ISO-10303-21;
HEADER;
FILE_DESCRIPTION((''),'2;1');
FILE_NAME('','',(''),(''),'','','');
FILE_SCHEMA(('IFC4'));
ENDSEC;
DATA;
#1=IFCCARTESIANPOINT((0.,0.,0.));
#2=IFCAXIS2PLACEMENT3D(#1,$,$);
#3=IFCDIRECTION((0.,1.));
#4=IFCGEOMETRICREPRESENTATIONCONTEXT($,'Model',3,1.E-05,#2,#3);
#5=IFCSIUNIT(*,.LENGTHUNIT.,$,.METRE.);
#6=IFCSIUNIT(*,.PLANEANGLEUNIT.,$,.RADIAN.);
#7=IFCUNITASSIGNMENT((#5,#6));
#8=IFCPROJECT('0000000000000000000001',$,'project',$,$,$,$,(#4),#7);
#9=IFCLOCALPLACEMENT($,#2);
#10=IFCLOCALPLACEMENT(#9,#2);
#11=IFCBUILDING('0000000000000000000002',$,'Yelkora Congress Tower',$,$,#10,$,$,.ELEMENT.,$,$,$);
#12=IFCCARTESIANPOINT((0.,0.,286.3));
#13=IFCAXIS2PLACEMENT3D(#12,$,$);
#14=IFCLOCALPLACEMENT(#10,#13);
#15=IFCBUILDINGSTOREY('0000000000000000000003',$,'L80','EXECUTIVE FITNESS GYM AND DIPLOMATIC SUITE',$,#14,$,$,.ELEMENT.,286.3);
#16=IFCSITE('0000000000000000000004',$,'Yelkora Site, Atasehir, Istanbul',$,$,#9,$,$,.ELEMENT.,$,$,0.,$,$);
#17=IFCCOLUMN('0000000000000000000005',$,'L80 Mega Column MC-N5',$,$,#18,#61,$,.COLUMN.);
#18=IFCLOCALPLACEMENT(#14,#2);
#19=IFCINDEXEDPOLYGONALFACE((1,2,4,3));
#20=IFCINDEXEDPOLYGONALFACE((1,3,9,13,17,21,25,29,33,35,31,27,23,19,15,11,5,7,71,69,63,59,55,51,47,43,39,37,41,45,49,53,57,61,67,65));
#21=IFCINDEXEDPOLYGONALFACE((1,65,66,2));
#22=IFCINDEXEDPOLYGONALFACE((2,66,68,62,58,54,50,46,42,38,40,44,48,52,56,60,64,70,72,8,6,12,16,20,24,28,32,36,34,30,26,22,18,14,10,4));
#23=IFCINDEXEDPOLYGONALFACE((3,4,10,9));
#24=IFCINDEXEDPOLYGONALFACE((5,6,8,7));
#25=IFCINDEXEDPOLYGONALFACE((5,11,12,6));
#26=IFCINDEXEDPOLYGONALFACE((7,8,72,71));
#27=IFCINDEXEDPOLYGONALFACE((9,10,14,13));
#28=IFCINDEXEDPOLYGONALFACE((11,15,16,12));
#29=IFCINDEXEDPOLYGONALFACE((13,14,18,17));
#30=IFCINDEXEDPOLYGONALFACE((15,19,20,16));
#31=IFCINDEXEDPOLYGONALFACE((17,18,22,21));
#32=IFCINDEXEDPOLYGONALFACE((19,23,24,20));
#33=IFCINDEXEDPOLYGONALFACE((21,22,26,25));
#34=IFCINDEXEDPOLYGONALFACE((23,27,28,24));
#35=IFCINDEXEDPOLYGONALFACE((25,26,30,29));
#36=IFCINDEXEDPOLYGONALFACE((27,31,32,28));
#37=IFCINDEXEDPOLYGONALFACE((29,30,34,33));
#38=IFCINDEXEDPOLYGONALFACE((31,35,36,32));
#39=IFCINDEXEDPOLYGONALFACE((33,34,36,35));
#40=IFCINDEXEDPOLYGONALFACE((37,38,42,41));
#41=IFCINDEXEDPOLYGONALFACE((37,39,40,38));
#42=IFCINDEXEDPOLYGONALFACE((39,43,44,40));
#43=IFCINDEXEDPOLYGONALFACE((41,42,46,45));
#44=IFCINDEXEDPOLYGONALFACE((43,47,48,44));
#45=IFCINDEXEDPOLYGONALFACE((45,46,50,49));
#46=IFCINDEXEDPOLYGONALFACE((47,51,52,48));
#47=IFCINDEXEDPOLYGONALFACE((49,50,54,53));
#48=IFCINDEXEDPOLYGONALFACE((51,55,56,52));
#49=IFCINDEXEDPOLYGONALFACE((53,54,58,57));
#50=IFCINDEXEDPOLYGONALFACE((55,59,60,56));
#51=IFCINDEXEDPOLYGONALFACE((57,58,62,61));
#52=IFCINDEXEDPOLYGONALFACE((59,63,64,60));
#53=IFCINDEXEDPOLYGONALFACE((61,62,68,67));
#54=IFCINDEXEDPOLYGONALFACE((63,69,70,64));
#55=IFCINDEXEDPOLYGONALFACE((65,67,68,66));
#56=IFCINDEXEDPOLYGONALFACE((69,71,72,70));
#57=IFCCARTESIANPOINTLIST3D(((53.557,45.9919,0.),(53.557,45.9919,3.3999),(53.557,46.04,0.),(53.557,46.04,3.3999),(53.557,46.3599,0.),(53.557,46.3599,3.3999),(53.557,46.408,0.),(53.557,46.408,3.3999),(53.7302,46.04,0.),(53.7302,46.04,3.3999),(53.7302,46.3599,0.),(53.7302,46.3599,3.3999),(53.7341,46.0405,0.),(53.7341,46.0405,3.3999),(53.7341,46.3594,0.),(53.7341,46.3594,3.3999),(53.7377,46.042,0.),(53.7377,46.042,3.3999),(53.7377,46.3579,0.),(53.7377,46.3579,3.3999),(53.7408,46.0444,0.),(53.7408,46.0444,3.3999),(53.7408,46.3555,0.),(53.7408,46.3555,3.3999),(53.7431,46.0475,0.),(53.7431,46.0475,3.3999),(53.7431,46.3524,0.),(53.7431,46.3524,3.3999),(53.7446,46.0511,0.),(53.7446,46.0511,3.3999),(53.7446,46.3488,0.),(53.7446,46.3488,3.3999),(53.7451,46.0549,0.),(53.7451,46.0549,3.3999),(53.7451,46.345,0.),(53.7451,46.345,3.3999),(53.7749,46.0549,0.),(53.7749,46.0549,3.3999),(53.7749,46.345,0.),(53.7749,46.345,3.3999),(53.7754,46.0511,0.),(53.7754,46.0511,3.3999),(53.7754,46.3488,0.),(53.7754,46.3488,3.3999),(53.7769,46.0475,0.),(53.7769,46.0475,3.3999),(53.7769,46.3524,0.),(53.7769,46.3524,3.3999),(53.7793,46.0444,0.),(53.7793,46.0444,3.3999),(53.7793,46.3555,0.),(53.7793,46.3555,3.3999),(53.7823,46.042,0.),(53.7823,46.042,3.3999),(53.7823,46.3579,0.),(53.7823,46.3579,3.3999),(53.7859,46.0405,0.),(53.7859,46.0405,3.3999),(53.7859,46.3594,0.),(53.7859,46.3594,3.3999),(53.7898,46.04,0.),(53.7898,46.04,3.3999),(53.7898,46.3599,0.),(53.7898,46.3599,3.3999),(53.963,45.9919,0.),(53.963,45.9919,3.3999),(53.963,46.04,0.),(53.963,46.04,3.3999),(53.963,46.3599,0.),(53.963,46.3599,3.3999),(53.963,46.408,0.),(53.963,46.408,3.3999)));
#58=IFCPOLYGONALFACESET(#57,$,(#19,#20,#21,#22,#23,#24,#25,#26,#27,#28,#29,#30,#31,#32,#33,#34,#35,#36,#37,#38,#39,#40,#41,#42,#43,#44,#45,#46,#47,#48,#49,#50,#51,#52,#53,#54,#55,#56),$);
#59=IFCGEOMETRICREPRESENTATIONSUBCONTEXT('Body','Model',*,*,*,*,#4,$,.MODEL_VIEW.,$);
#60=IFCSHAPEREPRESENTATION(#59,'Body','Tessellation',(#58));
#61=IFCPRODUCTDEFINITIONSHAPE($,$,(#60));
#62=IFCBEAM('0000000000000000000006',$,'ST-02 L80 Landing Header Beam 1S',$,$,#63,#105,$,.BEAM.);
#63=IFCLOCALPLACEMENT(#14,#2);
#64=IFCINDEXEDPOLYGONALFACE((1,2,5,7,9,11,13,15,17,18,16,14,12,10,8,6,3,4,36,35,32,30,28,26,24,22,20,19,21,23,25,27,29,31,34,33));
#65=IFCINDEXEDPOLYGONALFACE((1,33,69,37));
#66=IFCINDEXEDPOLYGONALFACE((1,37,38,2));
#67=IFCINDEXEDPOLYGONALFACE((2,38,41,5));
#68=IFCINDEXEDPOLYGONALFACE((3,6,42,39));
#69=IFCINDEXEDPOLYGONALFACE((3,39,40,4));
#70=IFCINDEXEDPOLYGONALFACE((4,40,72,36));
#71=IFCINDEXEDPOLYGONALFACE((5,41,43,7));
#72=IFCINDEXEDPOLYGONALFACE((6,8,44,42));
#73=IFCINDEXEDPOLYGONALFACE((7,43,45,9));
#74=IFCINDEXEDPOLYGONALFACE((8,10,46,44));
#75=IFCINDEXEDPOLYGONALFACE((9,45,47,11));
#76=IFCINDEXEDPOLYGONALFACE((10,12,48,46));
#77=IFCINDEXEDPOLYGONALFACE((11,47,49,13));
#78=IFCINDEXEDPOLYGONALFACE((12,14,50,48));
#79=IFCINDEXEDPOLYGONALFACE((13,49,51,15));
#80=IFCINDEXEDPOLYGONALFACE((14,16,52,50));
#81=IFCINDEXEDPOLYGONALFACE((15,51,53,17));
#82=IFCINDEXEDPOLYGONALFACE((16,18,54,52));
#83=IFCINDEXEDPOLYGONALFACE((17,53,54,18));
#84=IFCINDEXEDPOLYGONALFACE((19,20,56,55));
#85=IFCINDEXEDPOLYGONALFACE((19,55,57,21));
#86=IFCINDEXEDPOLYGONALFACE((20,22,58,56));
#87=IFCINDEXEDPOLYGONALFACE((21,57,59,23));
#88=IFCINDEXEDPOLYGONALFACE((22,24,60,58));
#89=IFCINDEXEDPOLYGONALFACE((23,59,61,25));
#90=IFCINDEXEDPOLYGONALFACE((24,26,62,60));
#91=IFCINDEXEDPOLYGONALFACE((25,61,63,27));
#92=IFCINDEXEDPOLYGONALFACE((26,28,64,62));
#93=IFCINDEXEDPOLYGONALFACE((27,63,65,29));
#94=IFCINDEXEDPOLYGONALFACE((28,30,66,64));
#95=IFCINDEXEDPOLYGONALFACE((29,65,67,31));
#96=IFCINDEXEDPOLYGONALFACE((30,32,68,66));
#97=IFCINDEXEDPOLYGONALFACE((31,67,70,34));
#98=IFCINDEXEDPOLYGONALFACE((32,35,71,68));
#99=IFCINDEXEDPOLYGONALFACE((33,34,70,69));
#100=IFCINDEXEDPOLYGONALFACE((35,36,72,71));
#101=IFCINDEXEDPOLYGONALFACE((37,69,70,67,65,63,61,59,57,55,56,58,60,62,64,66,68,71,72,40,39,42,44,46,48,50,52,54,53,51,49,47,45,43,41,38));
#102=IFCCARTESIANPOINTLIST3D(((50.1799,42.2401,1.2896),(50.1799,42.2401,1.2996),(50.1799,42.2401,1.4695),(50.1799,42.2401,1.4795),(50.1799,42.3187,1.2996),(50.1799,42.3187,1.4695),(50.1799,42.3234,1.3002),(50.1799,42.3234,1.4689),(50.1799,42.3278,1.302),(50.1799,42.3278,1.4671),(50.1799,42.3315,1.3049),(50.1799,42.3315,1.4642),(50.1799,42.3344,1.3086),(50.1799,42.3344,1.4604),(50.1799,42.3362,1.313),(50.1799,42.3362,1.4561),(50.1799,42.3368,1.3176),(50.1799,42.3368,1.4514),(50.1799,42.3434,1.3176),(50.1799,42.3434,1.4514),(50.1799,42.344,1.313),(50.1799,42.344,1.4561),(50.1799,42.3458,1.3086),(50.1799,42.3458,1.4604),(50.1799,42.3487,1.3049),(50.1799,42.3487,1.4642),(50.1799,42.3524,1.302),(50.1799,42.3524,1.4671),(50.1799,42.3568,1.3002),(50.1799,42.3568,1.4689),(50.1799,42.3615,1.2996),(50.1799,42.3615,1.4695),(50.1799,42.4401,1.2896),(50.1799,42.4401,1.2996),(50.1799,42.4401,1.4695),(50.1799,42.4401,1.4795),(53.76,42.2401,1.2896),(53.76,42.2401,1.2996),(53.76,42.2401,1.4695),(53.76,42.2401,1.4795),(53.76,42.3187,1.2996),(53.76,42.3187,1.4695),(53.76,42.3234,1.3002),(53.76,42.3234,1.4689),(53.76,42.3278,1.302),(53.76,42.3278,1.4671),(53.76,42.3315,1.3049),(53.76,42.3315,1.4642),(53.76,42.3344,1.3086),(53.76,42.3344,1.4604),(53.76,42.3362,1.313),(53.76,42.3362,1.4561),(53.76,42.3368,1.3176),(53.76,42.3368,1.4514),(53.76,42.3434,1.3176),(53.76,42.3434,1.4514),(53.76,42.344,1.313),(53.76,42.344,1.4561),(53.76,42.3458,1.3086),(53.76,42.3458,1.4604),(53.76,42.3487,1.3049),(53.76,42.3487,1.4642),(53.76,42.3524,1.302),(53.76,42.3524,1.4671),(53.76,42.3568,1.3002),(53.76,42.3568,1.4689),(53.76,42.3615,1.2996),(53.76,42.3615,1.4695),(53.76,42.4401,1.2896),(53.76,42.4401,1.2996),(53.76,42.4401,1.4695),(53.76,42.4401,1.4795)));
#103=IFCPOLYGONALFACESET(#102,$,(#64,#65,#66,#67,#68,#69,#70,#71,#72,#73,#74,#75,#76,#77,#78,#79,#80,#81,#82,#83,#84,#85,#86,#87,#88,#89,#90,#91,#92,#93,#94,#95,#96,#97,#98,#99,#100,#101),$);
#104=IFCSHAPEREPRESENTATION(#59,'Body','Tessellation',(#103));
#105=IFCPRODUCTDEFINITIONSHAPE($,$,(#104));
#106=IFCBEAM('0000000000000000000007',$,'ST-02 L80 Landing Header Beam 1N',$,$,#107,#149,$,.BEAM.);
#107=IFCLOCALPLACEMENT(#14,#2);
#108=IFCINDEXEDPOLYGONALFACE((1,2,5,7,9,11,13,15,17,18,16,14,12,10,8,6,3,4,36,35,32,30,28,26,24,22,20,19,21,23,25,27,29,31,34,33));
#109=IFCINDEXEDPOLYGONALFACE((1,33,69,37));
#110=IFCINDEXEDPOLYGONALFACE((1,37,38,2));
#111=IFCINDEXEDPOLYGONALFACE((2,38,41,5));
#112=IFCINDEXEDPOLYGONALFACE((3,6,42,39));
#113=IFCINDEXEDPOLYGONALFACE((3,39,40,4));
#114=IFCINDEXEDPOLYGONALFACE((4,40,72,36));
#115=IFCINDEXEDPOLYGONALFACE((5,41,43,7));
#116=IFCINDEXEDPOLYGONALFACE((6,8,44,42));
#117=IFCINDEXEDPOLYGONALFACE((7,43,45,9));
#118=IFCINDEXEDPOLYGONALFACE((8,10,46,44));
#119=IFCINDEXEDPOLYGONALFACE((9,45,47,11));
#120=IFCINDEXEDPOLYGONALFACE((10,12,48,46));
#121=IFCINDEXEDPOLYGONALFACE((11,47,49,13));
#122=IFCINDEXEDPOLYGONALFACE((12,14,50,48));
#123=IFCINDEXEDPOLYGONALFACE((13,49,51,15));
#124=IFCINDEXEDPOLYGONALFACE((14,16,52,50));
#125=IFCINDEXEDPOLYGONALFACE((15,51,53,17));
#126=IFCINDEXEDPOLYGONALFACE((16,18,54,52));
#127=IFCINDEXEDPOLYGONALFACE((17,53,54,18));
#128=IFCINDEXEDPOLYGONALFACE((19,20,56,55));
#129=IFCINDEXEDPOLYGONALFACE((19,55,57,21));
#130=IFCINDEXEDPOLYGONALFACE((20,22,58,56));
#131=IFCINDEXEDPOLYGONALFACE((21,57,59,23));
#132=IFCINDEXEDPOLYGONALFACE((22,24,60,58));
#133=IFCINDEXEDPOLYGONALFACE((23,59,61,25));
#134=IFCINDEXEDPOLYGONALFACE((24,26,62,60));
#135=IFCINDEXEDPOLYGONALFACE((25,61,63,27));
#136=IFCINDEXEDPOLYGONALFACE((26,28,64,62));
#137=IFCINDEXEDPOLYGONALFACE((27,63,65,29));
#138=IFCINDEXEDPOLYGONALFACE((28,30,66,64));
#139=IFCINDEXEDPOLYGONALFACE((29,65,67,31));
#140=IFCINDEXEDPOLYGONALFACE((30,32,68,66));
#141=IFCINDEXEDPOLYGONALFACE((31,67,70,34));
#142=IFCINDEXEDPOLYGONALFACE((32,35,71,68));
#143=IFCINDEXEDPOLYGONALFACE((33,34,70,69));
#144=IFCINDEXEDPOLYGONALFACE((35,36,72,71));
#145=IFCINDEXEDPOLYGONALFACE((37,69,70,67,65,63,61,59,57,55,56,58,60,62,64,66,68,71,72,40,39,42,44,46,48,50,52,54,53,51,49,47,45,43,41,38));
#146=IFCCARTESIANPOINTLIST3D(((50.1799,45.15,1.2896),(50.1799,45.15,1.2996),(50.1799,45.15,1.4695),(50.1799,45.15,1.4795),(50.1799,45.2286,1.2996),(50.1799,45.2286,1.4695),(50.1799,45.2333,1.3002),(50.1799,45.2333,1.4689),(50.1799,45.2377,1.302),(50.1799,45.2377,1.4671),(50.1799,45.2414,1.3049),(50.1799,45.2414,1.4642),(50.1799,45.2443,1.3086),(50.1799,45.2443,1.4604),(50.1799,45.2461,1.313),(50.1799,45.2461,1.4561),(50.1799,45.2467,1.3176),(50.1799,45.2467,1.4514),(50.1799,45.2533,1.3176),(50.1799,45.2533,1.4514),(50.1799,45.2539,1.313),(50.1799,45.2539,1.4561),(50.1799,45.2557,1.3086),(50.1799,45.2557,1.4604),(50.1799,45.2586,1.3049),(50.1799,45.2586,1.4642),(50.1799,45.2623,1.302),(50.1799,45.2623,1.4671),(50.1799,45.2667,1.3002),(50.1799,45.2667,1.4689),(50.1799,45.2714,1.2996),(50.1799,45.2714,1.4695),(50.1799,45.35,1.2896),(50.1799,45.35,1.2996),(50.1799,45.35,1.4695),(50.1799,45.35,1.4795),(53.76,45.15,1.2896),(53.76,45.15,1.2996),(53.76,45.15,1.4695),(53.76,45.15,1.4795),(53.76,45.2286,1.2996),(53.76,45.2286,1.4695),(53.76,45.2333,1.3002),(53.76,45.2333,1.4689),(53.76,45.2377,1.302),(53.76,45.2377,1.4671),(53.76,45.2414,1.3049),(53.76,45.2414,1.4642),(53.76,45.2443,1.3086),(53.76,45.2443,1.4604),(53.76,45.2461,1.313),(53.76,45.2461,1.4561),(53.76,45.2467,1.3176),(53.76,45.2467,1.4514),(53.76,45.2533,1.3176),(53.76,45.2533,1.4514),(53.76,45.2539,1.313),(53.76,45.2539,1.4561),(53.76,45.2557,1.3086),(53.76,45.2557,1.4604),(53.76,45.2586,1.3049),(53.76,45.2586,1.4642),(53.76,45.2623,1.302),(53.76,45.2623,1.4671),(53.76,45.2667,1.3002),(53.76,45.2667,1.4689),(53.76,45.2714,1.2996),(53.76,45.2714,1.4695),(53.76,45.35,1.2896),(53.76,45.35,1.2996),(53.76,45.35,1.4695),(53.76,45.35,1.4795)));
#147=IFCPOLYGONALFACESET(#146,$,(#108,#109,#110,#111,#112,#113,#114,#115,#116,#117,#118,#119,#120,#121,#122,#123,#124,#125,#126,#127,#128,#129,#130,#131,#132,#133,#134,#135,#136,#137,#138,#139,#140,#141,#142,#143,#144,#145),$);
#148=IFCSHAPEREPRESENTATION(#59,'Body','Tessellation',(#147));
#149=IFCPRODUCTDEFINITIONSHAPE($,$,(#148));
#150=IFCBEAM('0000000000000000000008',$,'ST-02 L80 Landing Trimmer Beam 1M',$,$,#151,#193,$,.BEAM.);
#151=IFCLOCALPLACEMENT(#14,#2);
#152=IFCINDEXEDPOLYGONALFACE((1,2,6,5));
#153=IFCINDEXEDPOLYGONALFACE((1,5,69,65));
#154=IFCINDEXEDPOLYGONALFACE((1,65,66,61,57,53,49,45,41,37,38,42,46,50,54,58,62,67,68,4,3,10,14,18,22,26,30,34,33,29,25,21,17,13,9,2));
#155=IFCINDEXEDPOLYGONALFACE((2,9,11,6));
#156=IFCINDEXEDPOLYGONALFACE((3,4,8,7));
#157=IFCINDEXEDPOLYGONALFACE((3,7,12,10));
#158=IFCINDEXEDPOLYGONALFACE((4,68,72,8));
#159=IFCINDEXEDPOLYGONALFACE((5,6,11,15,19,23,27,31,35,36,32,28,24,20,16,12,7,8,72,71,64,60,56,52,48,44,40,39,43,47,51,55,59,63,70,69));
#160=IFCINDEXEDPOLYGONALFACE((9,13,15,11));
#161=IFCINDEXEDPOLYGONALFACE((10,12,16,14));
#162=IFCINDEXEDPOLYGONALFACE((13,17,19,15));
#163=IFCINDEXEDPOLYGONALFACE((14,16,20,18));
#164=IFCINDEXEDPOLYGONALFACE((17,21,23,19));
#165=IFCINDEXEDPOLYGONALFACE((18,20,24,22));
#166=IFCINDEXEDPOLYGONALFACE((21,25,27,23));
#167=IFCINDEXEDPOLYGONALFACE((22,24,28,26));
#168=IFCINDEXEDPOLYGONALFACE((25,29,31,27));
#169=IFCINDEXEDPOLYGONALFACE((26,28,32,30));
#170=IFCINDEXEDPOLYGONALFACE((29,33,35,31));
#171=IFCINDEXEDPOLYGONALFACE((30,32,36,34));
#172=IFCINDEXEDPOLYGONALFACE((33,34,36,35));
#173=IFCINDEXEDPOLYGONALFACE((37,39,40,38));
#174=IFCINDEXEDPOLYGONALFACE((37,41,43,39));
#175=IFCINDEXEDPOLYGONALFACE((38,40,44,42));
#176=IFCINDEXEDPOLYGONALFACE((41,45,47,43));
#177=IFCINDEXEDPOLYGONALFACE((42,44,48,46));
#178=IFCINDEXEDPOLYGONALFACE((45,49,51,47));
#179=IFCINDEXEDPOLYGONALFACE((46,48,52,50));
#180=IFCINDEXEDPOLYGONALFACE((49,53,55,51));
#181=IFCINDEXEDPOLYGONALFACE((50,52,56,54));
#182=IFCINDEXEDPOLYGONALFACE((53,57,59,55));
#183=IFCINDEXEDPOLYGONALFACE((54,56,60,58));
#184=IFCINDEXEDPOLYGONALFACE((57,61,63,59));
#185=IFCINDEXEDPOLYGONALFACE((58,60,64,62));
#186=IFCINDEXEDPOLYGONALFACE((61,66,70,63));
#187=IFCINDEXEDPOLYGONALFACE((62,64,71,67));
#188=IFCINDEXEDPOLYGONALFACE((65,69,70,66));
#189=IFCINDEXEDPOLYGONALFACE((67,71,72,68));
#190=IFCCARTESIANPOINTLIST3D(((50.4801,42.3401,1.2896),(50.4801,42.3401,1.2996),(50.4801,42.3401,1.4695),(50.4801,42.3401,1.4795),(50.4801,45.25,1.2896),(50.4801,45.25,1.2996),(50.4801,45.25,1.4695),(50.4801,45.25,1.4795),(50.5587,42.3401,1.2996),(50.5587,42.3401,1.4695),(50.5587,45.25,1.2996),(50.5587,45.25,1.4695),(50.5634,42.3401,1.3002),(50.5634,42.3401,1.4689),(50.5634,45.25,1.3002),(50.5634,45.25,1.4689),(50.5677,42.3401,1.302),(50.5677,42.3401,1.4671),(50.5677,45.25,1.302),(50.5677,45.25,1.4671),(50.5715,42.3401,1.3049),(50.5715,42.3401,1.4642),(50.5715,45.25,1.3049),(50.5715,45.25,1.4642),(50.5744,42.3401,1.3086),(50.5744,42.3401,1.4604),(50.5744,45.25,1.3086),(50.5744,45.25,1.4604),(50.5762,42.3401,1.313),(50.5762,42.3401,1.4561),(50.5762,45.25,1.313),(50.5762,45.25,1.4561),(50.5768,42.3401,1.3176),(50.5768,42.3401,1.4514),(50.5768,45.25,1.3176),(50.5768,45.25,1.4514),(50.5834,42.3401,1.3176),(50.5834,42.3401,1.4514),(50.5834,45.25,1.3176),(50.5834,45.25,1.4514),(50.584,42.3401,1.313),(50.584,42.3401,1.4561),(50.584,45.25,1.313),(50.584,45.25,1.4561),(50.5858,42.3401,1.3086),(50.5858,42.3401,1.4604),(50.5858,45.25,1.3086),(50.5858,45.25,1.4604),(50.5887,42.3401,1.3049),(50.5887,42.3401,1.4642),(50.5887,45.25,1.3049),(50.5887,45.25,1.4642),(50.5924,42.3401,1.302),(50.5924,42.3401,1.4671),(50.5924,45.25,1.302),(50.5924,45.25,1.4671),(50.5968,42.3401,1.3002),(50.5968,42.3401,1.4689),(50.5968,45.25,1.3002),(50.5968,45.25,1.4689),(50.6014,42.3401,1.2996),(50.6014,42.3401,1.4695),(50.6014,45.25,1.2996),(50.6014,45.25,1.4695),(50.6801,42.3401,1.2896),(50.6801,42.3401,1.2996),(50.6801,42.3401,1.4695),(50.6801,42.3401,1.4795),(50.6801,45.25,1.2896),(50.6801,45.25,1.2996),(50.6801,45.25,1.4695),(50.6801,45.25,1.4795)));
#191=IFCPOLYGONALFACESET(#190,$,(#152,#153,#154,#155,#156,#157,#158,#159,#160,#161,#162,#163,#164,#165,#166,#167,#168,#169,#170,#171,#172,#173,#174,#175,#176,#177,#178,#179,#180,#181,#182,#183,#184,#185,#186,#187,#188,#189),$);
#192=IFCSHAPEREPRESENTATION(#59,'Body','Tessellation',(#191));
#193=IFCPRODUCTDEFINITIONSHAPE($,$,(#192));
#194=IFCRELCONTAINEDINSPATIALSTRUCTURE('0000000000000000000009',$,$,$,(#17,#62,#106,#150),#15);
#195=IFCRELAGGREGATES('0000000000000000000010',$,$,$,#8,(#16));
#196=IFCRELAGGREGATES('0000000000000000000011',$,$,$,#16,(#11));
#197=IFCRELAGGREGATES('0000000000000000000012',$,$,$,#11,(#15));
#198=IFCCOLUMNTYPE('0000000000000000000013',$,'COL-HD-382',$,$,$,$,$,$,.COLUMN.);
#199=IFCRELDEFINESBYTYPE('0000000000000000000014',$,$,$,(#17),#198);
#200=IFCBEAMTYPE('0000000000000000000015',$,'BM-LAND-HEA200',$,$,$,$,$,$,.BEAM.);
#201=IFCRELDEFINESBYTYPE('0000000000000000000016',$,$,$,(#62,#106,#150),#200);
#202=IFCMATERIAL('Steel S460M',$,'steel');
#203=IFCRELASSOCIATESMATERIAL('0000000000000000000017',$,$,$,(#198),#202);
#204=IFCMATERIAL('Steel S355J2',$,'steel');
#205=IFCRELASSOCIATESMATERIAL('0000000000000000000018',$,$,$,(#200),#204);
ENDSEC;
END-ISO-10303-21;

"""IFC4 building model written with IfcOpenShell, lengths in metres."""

from ifc_helpers import new_model, si_unit, direction, frame, origin, origin_2d, place, context, subcontext, project, spatial, i_section, extrude, material, material_profile, profile_set, type_object, element, save


model = new_model("IFC4")

# Units and contexts
model_context = context("Model", 3, precision=1e-05, world=origin(), true_north=direction((0.0, 1.0)))
body_context = subcontext(model_context, "Body", "Model", "MODEL_VIEW")
ifc_project = project(units=[si_unit("LENGTHUNIT", "METRE"), si_unit("PLANEANGLEUNIT", "RADIAN")], contexts=[model_context])

# Site, building, storey
site_placement = place(None, origin())
site = spatial("IfcSite", under=ifc_project, at=site_placement, Name="Yelkora Site, Atasehir, Istanbul", CompositionType="ELEMENT", RefElevation=0.0)
building_placement = place(site_placement, origin())
building = spatial("IfcBuilding", under=site, at=building_placement, Name="Yelkora Congress Tower", CompositionType="ELEMENT")
storey_placement = place(building_placement, frame((0.0, 0.0, 286.3)))
storey = spatial("IfcBuildingStorey", under=building, at=storey_placement, Name="L80", Description="EXECUTIVE FITNESS GYM AND DIPLOMATIC SUITE", CompositionType="ELEMENT", Elevation=286.3)

# Column
ifc_material_1 = material(Name="Steel S460M", Category="steel")
ifc_material_profile_1 = material_profile(ifc_material_1, i_section(OverallWidth=0.406, OverallDepth=0.416, WebThickness=0.0298, FlangeThickness=0.0481, FilletRadius=0.0149, at=origin_2d()), Name="HD 400x382")
ifc_profile_set_1 = profile_set([ifc_material_profile_1], Name="Steel S460M")
column_type = type_object("IfcColumnType", Name="COL-HD-382", PredefinedType="COLUMN", material=ifc_profile_set_1)
column_placement = place(storey_placement, frame((53.76, 46.2, 0.0), z_axis=(0.0, 0.0, 1.0), x_axis=(1.0, 0.0, 0.0)))
element("IfcColumn", 1, at=column_placement, inside=storey, type_object=column_type, Name="L80 Mega Column MC-N5", PredefinedType="COLUMN", context=body_context, shape_type="SweptSolid", body=[
    extrude(i_section(OverallWidth=0.406, OverallDepth=0.416, WebThickness=0.0298, FlangeThickness=0.0481, FilletRadius=0.0149, at=origin_2d()), origin(), (0.0, 0.0, 1.0), 3.3999),
])

# Beams
ifc_material_2 = material(Name="Steel S355J2", Category="steel")
ifc_material_profile_2 = material_profile(ifc_material_2, i_section(OverallWidth=0.2, OverallDepth=0.1899, WebThickness=0.0066, FlangeThickness=0.01, FilletRadius=0.0181, at=origin_2d()), Name="HEA 200")
ifc_profile_set_2 = profile_set([ifc_material_profile_2], Name="Steel S355J2")
beam_type = type_object("IfcBeamType", Name="BM-LAND-HEA200", PredefinedType="BEAM", material=ifc_profile_set_2)
for number, where, z_axis, x_axis, name in (
    (2, (50.1799, 42.3401, 1.3845), (1.0, 0.0, 0.0), (0.0, 1.0, 0.0), "ST-02 L80 Landing Header Beam 1S"),
    (3, (50.1799, 45.25, 1.3845), (1.0, 0.0, 0.0), (0.0, 1.0, 0.0), "ST-02 L80 Landing Header Beam 1N"),
):
    element("IfcBeam", number, at=place(storey_placement, frame(where, z_axis=z_axis, x_axis=x_axis)), inside=storey, type_object=beam_type, Name=name, PredefinedType="BEAM", context=body_context, shape_type="SweptSolid", body=[
        extrude(i_section(OverallWidth=0.2, OverallDepth=0.1899, WebThickness=0.0066, FlangeThickness=0.01, FilletRadius=0.0181, at=origin_2d()), origin(), (0.0, 0.0, 1.0), 3.5801),
    ])
beam_placement = place(storey_placement, frame((50.5801, 42.3401, 1.3845), z_axis=(0.0, 1.0, 0.0), x_axis=(-1.0, 0.0, 0.0)))
element("IfcBeam", 4, at=beam_placement, inside=storey, type_object=beam_type, Name="ST-02 L80 Landing Trimmer Beam 1M", PredefinedType="BEAM", context=body_context, shape_type="SweptSolid", body=[
    extrude(i_section(OverallWidth=0.2, OverallDepth=0.1899, WebThickness=0.0066, FlangeThickness=0.01, FilletRadius=0.0181, at=origin_2d()), origin(), (0.0, 0.0, 1.0), 2.9099),
])

save(model, "model.ifc")
